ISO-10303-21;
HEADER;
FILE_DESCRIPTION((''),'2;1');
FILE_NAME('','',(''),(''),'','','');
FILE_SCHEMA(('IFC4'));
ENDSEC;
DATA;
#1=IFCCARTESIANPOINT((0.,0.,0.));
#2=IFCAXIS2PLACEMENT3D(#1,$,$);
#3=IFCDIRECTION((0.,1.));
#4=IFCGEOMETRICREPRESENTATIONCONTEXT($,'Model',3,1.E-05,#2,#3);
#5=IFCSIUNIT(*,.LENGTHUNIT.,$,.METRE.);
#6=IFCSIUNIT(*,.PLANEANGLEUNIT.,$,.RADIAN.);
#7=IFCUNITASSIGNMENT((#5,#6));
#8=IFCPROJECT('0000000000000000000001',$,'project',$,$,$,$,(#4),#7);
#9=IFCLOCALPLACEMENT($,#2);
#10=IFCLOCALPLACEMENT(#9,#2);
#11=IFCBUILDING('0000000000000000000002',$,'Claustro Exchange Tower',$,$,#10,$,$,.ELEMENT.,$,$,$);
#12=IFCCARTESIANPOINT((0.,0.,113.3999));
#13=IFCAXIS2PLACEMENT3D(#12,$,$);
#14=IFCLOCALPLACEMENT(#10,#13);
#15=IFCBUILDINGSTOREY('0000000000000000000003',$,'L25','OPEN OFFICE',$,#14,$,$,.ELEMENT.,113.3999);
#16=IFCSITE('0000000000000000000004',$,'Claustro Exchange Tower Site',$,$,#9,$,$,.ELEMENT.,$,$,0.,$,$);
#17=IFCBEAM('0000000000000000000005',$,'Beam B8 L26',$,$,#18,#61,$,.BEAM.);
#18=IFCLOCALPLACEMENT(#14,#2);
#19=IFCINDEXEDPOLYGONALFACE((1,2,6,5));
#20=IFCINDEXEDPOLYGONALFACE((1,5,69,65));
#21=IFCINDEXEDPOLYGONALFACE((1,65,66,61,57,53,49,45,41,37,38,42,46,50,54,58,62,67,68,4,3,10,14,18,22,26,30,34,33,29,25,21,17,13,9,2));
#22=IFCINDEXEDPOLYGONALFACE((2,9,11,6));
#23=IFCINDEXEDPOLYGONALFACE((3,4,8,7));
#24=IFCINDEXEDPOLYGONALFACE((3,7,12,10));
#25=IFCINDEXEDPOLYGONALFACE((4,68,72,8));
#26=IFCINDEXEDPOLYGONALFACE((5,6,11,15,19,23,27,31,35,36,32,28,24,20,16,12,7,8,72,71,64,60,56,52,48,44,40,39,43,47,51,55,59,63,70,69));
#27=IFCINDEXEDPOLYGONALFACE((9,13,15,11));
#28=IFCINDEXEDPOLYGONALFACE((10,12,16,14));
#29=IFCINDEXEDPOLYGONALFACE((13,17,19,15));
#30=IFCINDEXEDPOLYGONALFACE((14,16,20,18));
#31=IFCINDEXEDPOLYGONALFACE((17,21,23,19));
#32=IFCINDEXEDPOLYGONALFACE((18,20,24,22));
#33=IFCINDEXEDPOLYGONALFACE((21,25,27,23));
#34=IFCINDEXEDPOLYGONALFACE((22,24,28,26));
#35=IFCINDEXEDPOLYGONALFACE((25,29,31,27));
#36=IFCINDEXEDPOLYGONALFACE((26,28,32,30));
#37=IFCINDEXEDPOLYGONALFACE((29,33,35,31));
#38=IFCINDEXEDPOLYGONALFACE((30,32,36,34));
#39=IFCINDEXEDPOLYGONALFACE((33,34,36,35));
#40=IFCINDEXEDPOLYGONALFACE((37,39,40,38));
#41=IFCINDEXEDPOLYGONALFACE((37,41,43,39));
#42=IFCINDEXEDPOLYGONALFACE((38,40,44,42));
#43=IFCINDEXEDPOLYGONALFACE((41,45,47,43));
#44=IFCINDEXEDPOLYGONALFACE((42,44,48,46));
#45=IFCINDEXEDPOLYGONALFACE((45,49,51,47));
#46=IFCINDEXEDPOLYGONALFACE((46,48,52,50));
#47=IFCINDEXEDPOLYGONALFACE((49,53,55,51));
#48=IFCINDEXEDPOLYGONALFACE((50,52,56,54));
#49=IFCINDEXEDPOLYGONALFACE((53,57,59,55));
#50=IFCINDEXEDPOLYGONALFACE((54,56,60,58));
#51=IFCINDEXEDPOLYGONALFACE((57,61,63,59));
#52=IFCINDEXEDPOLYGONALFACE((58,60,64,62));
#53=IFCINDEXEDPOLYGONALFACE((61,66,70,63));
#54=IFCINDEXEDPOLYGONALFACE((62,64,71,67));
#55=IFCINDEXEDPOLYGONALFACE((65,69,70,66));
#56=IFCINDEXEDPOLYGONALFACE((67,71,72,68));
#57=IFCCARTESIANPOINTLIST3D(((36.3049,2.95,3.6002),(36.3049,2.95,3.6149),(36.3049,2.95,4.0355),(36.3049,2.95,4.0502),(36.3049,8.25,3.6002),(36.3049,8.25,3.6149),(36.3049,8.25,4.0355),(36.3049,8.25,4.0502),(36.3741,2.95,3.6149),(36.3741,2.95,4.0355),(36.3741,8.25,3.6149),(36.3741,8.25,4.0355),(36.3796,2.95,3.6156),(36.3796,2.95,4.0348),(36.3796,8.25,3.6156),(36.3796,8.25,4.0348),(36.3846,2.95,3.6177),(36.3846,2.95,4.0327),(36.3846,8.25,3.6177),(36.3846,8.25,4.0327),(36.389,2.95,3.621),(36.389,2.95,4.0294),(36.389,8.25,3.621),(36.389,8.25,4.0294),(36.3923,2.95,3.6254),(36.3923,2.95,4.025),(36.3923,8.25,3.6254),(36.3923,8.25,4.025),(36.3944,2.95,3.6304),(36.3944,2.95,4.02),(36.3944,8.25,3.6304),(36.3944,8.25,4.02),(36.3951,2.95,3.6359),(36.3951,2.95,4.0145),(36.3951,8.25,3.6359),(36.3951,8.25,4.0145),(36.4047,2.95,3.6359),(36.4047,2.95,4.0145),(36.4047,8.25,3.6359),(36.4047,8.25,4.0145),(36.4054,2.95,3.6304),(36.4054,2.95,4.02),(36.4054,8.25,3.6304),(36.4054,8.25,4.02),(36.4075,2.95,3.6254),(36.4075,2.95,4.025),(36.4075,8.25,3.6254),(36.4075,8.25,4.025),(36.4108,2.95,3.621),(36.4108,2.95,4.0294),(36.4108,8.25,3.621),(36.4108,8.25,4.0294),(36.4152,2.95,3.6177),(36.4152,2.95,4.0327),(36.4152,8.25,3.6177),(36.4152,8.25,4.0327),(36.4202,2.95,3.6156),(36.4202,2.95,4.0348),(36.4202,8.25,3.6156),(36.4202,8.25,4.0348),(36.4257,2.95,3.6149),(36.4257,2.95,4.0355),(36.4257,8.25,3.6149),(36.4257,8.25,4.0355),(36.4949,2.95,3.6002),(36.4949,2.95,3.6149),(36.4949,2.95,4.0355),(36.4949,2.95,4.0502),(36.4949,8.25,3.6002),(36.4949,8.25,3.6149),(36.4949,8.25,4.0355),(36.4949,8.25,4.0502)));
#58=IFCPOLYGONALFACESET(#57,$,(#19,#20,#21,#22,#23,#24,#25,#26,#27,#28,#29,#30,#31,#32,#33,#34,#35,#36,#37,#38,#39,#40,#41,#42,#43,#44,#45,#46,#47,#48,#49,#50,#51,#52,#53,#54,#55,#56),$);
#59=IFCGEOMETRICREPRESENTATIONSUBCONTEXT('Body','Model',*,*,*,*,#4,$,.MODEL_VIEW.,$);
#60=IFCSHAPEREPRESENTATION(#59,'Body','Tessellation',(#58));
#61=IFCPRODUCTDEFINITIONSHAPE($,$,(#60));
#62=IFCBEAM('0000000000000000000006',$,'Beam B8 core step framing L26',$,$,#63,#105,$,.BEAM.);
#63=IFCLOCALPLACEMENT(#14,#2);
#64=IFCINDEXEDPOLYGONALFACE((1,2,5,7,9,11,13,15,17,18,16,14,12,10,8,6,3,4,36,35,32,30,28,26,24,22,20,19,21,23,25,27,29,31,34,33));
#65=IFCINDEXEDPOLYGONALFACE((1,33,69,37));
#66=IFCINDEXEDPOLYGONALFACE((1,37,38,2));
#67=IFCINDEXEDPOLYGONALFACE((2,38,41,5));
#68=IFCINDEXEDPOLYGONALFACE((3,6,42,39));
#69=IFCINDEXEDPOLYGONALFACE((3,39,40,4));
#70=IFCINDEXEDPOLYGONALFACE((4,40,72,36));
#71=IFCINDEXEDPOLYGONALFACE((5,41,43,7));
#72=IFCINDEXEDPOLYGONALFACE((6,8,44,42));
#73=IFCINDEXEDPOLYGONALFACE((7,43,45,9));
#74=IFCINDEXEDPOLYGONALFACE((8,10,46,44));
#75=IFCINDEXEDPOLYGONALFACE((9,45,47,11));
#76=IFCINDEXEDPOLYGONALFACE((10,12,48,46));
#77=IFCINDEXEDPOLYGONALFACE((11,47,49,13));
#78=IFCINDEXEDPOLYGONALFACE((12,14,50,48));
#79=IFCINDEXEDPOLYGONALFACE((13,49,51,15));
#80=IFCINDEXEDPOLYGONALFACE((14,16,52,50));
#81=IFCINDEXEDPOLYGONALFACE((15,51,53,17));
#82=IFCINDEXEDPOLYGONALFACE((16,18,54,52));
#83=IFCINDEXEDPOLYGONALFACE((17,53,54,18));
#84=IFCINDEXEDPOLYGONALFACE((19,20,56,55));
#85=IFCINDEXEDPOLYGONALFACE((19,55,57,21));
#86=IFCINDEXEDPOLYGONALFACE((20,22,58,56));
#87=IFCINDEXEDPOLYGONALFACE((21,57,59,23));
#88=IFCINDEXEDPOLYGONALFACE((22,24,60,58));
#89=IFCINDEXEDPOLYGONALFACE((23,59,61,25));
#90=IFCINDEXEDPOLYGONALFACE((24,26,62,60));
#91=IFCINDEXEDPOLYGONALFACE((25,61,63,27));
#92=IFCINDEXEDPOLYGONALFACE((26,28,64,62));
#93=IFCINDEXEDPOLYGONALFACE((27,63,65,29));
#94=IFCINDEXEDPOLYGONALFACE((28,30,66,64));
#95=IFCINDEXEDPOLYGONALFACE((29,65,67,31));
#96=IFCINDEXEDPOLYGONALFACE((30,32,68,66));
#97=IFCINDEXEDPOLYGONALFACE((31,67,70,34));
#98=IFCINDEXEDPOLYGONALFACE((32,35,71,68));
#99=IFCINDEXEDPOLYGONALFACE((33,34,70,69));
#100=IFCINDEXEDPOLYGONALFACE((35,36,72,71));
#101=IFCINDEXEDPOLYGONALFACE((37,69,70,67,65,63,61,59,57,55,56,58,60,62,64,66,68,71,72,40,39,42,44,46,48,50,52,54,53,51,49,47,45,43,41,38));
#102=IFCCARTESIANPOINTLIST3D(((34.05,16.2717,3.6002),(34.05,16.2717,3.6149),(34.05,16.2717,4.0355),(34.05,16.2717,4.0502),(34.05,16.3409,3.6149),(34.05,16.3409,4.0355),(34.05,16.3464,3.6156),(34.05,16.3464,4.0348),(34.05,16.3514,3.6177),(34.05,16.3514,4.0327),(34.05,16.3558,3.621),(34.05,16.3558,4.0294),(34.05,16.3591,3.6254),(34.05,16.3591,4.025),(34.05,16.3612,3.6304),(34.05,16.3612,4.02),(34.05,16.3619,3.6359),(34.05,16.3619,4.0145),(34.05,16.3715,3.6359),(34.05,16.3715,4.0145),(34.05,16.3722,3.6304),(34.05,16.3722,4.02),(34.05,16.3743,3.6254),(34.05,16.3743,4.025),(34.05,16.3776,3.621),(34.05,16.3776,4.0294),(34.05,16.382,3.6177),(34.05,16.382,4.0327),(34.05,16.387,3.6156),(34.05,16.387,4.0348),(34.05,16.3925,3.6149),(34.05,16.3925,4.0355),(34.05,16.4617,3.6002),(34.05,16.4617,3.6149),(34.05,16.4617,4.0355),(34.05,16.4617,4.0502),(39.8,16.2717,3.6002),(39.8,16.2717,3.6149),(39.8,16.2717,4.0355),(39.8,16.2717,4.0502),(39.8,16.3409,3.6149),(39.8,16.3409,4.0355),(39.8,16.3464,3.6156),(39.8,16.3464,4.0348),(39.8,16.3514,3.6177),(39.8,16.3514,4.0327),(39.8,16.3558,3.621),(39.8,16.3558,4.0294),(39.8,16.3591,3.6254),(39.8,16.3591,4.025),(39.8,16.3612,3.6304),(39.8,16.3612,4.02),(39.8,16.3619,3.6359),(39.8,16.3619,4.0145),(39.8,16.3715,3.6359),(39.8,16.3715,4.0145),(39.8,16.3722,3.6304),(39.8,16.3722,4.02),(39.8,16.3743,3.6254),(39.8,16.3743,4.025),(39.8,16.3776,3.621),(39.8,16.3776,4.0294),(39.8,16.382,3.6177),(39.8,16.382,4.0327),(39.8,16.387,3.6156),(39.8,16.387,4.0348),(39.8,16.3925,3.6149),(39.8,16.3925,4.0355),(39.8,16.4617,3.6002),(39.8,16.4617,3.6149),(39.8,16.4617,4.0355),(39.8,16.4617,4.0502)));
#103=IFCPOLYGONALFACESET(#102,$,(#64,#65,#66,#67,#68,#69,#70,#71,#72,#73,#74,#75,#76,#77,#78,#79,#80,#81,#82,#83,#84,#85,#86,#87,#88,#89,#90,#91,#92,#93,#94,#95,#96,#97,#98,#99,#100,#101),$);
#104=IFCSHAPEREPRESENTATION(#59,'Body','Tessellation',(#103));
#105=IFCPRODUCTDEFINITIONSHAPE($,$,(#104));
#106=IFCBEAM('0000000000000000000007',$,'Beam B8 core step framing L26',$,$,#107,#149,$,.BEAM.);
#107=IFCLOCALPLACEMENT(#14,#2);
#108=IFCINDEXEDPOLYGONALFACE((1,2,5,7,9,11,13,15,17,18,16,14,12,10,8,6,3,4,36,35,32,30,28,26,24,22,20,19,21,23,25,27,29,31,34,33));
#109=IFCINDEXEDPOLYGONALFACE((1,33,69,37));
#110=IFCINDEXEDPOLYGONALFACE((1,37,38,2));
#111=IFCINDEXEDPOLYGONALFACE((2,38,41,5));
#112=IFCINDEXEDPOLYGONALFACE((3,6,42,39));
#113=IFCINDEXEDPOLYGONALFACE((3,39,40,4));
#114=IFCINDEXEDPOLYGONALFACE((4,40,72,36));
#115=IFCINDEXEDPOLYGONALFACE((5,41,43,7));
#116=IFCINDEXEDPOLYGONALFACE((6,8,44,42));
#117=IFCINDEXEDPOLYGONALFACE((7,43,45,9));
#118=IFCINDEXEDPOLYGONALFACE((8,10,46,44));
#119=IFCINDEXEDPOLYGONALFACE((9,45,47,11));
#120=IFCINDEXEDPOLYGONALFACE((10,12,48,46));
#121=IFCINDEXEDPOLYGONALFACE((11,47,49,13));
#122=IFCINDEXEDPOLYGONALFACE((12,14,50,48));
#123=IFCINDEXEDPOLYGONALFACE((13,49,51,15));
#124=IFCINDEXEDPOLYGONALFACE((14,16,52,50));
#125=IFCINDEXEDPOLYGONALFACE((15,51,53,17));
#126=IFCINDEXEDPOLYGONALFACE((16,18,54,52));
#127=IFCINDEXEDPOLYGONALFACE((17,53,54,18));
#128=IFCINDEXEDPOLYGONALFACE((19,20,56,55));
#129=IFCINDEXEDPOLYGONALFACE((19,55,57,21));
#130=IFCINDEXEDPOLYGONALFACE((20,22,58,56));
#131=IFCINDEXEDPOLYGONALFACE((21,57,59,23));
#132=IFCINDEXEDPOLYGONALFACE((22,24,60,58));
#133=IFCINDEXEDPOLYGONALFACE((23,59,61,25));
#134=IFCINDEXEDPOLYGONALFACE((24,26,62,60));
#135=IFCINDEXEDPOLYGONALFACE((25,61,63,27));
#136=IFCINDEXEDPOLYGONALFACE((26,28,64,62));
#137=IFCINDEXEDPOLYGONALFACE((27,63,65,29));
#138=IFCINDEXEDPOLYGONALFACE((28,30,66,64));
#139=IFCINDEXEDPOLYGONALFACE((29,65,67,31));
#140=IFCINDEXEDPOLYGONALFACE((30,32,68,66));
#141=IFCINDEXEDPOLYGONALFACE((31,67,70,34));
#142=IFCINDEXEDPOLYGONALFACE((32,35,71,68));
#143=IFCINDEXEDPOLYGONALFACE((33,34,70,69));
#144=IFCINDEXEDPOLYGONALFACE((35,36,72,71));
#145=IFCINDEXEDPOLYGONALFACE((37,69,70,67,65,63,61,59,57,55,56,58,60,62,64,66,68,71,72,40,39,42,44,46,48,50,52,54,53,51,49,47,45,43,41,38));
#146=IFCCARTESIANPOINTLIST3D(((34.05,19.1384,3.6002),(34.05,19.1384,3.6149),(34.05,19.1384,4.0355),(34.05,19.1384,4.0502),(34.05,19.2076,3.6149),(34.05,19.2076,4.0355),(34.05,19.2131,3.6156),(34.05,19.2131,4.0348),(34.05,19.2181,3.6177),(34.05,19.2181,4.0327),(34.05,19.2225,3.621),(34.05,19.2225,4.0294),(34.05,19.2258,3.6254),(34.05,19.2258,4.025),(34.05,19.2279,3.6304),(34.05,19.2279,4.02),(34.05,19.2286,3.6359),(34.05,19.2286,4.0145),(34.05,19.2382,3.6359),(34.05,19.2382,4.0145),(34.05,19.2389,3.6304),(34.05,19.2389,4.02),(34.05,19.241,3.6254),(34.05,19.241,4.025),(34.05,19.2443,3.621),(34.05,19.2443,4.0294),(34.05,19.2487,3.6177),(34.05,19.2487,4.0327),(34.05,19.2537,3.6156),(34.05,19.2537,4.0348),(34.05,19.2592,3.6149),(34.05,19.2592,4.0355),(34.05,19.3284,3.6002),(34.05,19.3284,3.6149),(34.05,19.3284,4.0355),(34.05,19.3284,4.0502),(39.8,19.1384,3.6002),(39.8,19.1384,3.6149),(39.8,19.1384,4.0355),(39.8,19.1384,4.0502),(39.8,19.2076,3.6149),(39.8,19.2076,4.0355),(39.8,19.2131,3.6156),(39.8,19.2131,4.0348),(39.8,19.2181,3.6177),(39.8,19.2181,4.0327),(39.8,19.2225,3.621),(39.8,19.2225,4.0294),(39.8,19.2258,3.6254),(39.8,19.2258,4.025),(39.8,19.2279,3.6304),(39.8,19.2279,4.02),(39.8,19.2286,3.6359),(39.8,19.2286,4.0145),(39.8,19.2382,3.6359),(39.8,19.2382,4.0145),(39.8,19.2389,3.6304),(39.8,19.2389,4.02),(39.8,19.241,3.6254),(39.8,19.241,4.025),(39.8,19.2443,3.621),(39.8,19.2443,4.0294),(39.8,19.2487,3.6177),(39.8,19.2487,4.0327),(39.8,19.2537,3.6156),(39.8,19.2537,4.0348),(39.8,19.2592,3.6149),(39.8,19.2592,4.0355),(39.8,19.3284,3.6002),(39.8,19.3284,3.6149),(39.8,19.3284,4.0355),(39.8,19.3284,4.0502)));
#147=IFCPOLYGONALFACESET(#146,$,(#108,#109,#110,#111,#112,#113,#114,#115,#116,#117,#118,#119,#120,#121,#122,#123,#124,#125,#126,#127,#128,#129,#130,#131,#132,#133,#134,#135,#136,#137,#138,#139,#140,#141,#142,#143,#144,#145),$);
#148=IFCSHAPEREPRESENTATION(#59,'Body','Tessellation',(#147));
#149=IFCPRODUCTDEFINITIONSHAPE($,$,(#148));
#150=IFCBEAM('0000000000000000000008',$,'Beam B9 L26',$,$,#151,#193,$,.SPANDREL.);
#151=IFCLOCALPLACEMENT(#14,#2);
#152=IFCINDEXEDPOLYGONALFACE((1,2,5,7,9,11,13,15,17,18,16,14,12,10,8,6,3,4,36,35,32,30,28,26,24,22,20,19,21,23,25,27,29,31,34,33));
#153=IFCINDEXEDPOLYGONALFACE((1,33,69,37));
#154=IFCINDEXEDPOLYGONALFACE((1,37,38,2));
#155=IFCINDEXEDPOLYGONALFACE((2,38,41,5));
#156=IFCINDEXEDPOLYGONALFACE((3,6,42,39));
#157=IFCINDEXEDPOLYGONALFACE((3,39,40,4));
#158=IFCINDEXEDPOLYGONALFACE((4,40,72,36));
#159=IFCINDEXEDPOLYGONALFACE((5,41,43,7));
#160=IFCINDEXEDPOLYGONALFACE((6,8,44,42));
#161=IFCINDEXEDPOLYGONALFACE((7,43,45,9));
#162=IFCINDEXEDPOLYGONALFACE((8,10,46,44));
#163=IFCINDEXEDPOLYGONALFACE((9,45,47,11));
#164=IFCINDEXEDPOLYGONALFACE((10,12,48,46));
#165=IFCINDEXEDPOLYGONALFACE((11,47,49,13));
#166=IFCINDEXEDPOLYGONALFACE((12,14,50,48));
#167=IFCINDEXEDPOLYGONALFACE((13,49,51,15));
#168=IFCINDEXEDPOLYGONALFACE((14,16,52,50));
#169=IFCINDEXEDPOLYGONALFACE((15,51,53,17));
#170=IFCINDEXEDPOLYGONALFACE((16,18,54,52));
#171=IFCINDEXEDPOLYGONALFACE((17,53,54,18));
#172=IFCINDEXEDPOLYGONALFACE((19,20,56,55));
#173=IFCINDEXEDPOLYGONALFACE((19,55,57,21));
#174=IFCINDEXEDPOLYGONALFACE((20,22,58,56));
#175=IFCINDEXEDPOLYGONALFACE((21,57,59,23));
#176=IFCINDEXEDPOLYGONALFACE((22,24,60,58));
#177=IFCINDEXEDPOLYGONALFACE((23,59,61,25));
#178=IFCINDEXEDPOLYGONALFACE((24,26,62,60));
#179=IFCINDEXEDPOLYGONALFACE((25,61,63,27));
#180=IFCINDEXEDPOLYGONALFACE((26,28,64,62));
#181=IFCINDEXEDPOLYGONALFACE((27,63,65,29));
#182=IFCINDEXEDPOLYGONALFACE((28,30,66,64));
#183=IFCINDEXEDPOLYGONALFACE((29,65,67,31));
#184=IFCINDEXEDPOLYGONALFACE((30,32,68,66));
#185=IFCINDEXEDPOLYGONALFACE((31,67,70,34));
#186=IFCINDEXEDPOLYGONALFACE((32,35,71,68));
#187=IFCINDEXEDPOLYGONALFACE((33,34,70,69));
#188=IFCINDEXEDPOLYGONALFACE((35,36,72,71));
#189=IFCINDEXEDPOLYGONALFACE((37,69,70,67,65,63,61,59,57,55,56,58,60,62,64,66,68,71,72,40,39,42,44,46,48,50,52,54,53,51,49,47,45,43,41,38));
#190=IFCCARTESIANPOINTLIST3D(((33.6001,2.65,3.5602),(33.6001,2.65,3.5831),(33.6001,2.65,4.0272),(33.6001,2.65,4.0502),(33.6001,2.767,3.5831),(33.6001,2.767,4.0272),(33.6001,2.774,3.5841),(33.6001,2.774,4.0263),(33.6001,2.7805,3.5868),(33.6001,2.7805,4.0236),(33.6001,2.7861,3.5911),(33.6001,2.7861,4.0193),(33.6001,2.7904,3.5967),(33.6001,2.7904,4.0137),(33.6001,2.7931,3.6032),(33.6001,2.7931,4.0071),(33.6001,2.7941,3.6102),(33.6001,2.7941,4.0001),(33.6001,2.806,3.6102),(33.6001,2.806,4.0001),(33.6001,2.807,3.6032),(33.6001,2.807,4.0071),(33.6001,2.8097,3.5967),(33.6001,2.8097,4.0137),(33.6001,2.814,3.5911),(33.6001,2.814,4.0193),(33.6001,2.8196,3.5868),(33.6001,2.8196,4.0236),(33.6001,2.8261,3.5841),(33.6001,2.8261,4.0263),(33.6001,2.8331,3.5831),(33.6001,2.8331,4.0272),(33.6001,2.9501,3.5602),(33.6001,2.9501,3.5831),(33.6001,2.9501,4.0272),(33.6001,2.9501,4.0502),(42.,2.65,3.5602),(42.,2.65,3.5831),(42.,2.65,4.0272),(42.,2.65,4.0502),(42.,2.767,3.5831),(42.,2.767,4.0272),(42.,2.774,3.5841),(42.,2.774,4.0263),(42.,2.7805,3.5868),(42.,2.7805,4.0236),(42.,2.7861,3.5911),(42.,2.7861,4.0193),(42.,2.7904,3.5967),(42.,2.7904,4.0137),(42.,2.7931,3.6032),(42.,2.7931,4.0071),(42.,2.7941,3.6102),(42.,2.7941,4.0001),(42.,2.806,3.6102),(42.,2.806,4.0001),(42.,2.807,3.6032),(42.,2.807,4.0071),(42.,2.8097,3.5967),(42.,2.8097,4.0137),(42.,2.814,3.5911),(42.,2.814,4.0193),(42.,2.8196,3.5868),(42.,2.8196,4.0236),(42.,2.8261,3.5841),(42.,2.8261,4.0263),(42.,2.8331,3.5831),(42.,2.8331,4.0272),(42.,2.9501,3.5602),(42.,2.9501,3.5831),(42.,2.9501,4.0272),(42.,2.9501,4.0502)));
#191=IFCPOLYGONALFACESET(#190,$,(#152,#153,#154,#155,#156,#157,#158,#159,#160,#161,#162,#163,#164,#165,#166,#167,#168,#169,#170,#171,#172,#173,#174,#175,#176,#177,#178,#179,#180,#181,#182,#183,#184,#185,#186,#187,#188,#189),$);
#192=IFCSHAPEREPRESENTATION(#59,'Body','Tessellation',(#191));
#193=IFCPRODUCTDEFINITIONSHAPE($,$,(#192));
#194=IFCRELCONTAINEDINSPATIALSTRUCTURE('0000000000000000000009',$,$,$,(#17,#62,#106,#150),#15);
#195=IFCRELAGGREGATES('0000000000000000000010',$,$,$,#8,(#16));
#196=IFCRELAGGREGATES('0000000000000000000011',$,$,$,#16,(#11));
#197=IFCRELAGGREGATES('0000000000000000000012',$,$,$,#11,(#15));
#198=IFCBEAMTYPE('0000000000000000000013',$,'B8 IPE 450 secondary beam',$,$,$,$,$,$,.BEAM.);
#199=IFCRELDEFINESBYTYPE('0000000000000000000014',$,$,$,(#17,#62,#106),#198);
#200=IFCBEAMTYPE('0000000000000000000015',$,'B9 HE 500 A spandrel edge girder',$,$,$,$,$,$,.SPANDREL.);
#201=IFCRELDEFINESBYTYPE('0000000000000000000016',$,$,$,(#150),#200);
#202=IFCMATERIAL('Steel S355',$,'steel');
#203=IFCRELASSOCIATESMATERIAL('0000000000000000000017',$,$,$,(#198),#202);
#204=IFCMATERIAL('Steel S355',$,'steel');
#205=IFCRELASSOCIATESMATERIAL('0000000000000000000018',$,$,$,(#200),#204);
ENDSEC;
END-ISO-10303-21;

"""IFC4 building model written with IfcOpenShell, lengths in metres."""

from ifc_helpers import new_model, si_unit, direction, frame, origin, origin_2d, place, context, subcontext, project, spatial, i_section, extrude, material, material_profile, profile_set, type_object, element, save


model = new_model("IFC4")

# Units and contexts
model_context = context("Model", 3, precision=1e-05, world=origin(), true_north=direction((0.0, 1.0)))
body_context = subcontext(model_context, "Body", "Model", "MODEL_VIEW")
ifc_project = project(units=[si_unit("LENGTHUNIT", "METRE"), si_unit("PLANEANGLEUNIT", "RADIAN")], contexts=[model_context])

# Site, building, storey
site_placement = place(None, origin())
site = spatial("IfcSite", under=ifc_project, at=site_placement, Name="Claustro Exchange Tower Site", CompositionType="ELEMENT", RefElevation=0.0)
building_placement = place(site_placement, origin())
building = spatial("IfcBuilding", under=site, at=building_placement, Name="Claustro Exchange Tower", CompositionType="ELEMENT")
storey_placement = place(building_placement, frame((0.0, 0.0, 113.3999)))
storey = spatial("IfcBuildingStorey", under=building, at=storey_placement, Name="L25", Description="OPEN OFFICE", CompositionType="ELEMENT", Elevation=113.3999)

# Beams
ifc_material_1 = material(Name="Steel S355", Category="steel")
ifc_material_profile_1 = material_profile(ifc_material_1, i_section(OverallWidth=0.1899, OverallDepth=0.45, WebThickness=0.0095, FlangeThickness=0.0146, FilletRadius=0.021, at=origin_2d()), Name="IPE 450")
ifc_profile_set_1 = profile_set([ifc_material_profile_1], Name="Steel S355")
beam_type_1 = type_object("IfcBeamType", Name="B8 IPE 450 secondary beam", PredefinedType="BEAM", material=ifc_profile_set_1)
beam_1_placement = place(storey_placement, frame((36.3999, 2.95, 3.8252), z_axis=(0.0, 1.0, 0.0), x_axis=(-1.0, 0.0, 0.0)))
element("IfcBeam", 1, at=beam_1_placement, inside=storey, type_object=beam_type_1, Name="Beam B8 L26", PredefinedType="BEAM", context=body_context, shape_type="SweptSolid", body=[
    extrude(i_section(OverallWidth=0.1899, OverallDepth=0.45, WebThickness=0.0095, FlangeThickness=0.0146, FilletRadius=0.021, at=origin_2d()), origin(), (0.0, 0.0, 1.0), 5.3),
])
for number, where, z_axis, x_axis, name in (
    (2, (34.05, 16.3667, 3.8252), (1.0, 0.0, 0.0), (0.0, 1.0, 0.0), "Beam B8 core step framing L26"),
    (3, (34.05, 19.2334, 3.8252), (1.0, 0.0, 0.0), (0.0, 1.0, 0.0), "Beam B8 core step framing L26"),
):
    element("IfcBeam", number, at=place(storey_placement, frame(where, z_axis=z_axis, x_axis=x_axis)), inside=storey, type_object=beam_type_1, Name=name, PredefinedType="BEAM", context=body_context, shape_type="SweptSolid", body=[
        extrude(i_section(OverallWidth=0.1899, OverallDepth=0.45, WebThickness=0.0095, FlangeThickness=0.0146, FilletRadius=0.021, at=origin_2d()), origin(), (0.0, 0.0, 1.0), 5.75),
    ])
ifc_material_2 = material(Name="Steel S355", Category="steel")
ifc_material_profile_2 = material_profile(ifc_material_2, i_section(OverallWidth=0.3, OverallDepth=0.49, WebThickness=0.012, FlangeThickness=0.0229, FilletRadius=0.0271, at=origin_2d()), Name="HE 500 A")
ifc_profile_set_2 = profile_set([ifc_material_profile_2], Name="Steel S355")
beam_type_2 = type_object("IfcBeamType", Name="B9 HE 500 A spandrel edge girder", PredefinedType="SPANDREL", material=ifc_profile_set_2)
beam_2_placement = place(storey_placement, frame((33.6001, 2.8, 3.8052), z_axis=(1.0, 0.0, 0.0), x_axis=(0.0, 1.0, 0.0)))
element("IfcBeam", 4, at=beam_2_placement, inside=storey, type_object=beam_type_2, Name="Beam B9 L26", PredefinedType="SPANDREL", context=body_context, shape_type="SweptSolid", body=[
    extrude(i_section(OverallWidth=0.3, OverallDepth=0.49, WebThickness=0.012, FlangeThickness=0.0229, FilletRadius=0.0271, at=origin_2d()), origin(), (0.0, 0.0, 1.0), 8.3999),
])

save(model, "model.ifc")
